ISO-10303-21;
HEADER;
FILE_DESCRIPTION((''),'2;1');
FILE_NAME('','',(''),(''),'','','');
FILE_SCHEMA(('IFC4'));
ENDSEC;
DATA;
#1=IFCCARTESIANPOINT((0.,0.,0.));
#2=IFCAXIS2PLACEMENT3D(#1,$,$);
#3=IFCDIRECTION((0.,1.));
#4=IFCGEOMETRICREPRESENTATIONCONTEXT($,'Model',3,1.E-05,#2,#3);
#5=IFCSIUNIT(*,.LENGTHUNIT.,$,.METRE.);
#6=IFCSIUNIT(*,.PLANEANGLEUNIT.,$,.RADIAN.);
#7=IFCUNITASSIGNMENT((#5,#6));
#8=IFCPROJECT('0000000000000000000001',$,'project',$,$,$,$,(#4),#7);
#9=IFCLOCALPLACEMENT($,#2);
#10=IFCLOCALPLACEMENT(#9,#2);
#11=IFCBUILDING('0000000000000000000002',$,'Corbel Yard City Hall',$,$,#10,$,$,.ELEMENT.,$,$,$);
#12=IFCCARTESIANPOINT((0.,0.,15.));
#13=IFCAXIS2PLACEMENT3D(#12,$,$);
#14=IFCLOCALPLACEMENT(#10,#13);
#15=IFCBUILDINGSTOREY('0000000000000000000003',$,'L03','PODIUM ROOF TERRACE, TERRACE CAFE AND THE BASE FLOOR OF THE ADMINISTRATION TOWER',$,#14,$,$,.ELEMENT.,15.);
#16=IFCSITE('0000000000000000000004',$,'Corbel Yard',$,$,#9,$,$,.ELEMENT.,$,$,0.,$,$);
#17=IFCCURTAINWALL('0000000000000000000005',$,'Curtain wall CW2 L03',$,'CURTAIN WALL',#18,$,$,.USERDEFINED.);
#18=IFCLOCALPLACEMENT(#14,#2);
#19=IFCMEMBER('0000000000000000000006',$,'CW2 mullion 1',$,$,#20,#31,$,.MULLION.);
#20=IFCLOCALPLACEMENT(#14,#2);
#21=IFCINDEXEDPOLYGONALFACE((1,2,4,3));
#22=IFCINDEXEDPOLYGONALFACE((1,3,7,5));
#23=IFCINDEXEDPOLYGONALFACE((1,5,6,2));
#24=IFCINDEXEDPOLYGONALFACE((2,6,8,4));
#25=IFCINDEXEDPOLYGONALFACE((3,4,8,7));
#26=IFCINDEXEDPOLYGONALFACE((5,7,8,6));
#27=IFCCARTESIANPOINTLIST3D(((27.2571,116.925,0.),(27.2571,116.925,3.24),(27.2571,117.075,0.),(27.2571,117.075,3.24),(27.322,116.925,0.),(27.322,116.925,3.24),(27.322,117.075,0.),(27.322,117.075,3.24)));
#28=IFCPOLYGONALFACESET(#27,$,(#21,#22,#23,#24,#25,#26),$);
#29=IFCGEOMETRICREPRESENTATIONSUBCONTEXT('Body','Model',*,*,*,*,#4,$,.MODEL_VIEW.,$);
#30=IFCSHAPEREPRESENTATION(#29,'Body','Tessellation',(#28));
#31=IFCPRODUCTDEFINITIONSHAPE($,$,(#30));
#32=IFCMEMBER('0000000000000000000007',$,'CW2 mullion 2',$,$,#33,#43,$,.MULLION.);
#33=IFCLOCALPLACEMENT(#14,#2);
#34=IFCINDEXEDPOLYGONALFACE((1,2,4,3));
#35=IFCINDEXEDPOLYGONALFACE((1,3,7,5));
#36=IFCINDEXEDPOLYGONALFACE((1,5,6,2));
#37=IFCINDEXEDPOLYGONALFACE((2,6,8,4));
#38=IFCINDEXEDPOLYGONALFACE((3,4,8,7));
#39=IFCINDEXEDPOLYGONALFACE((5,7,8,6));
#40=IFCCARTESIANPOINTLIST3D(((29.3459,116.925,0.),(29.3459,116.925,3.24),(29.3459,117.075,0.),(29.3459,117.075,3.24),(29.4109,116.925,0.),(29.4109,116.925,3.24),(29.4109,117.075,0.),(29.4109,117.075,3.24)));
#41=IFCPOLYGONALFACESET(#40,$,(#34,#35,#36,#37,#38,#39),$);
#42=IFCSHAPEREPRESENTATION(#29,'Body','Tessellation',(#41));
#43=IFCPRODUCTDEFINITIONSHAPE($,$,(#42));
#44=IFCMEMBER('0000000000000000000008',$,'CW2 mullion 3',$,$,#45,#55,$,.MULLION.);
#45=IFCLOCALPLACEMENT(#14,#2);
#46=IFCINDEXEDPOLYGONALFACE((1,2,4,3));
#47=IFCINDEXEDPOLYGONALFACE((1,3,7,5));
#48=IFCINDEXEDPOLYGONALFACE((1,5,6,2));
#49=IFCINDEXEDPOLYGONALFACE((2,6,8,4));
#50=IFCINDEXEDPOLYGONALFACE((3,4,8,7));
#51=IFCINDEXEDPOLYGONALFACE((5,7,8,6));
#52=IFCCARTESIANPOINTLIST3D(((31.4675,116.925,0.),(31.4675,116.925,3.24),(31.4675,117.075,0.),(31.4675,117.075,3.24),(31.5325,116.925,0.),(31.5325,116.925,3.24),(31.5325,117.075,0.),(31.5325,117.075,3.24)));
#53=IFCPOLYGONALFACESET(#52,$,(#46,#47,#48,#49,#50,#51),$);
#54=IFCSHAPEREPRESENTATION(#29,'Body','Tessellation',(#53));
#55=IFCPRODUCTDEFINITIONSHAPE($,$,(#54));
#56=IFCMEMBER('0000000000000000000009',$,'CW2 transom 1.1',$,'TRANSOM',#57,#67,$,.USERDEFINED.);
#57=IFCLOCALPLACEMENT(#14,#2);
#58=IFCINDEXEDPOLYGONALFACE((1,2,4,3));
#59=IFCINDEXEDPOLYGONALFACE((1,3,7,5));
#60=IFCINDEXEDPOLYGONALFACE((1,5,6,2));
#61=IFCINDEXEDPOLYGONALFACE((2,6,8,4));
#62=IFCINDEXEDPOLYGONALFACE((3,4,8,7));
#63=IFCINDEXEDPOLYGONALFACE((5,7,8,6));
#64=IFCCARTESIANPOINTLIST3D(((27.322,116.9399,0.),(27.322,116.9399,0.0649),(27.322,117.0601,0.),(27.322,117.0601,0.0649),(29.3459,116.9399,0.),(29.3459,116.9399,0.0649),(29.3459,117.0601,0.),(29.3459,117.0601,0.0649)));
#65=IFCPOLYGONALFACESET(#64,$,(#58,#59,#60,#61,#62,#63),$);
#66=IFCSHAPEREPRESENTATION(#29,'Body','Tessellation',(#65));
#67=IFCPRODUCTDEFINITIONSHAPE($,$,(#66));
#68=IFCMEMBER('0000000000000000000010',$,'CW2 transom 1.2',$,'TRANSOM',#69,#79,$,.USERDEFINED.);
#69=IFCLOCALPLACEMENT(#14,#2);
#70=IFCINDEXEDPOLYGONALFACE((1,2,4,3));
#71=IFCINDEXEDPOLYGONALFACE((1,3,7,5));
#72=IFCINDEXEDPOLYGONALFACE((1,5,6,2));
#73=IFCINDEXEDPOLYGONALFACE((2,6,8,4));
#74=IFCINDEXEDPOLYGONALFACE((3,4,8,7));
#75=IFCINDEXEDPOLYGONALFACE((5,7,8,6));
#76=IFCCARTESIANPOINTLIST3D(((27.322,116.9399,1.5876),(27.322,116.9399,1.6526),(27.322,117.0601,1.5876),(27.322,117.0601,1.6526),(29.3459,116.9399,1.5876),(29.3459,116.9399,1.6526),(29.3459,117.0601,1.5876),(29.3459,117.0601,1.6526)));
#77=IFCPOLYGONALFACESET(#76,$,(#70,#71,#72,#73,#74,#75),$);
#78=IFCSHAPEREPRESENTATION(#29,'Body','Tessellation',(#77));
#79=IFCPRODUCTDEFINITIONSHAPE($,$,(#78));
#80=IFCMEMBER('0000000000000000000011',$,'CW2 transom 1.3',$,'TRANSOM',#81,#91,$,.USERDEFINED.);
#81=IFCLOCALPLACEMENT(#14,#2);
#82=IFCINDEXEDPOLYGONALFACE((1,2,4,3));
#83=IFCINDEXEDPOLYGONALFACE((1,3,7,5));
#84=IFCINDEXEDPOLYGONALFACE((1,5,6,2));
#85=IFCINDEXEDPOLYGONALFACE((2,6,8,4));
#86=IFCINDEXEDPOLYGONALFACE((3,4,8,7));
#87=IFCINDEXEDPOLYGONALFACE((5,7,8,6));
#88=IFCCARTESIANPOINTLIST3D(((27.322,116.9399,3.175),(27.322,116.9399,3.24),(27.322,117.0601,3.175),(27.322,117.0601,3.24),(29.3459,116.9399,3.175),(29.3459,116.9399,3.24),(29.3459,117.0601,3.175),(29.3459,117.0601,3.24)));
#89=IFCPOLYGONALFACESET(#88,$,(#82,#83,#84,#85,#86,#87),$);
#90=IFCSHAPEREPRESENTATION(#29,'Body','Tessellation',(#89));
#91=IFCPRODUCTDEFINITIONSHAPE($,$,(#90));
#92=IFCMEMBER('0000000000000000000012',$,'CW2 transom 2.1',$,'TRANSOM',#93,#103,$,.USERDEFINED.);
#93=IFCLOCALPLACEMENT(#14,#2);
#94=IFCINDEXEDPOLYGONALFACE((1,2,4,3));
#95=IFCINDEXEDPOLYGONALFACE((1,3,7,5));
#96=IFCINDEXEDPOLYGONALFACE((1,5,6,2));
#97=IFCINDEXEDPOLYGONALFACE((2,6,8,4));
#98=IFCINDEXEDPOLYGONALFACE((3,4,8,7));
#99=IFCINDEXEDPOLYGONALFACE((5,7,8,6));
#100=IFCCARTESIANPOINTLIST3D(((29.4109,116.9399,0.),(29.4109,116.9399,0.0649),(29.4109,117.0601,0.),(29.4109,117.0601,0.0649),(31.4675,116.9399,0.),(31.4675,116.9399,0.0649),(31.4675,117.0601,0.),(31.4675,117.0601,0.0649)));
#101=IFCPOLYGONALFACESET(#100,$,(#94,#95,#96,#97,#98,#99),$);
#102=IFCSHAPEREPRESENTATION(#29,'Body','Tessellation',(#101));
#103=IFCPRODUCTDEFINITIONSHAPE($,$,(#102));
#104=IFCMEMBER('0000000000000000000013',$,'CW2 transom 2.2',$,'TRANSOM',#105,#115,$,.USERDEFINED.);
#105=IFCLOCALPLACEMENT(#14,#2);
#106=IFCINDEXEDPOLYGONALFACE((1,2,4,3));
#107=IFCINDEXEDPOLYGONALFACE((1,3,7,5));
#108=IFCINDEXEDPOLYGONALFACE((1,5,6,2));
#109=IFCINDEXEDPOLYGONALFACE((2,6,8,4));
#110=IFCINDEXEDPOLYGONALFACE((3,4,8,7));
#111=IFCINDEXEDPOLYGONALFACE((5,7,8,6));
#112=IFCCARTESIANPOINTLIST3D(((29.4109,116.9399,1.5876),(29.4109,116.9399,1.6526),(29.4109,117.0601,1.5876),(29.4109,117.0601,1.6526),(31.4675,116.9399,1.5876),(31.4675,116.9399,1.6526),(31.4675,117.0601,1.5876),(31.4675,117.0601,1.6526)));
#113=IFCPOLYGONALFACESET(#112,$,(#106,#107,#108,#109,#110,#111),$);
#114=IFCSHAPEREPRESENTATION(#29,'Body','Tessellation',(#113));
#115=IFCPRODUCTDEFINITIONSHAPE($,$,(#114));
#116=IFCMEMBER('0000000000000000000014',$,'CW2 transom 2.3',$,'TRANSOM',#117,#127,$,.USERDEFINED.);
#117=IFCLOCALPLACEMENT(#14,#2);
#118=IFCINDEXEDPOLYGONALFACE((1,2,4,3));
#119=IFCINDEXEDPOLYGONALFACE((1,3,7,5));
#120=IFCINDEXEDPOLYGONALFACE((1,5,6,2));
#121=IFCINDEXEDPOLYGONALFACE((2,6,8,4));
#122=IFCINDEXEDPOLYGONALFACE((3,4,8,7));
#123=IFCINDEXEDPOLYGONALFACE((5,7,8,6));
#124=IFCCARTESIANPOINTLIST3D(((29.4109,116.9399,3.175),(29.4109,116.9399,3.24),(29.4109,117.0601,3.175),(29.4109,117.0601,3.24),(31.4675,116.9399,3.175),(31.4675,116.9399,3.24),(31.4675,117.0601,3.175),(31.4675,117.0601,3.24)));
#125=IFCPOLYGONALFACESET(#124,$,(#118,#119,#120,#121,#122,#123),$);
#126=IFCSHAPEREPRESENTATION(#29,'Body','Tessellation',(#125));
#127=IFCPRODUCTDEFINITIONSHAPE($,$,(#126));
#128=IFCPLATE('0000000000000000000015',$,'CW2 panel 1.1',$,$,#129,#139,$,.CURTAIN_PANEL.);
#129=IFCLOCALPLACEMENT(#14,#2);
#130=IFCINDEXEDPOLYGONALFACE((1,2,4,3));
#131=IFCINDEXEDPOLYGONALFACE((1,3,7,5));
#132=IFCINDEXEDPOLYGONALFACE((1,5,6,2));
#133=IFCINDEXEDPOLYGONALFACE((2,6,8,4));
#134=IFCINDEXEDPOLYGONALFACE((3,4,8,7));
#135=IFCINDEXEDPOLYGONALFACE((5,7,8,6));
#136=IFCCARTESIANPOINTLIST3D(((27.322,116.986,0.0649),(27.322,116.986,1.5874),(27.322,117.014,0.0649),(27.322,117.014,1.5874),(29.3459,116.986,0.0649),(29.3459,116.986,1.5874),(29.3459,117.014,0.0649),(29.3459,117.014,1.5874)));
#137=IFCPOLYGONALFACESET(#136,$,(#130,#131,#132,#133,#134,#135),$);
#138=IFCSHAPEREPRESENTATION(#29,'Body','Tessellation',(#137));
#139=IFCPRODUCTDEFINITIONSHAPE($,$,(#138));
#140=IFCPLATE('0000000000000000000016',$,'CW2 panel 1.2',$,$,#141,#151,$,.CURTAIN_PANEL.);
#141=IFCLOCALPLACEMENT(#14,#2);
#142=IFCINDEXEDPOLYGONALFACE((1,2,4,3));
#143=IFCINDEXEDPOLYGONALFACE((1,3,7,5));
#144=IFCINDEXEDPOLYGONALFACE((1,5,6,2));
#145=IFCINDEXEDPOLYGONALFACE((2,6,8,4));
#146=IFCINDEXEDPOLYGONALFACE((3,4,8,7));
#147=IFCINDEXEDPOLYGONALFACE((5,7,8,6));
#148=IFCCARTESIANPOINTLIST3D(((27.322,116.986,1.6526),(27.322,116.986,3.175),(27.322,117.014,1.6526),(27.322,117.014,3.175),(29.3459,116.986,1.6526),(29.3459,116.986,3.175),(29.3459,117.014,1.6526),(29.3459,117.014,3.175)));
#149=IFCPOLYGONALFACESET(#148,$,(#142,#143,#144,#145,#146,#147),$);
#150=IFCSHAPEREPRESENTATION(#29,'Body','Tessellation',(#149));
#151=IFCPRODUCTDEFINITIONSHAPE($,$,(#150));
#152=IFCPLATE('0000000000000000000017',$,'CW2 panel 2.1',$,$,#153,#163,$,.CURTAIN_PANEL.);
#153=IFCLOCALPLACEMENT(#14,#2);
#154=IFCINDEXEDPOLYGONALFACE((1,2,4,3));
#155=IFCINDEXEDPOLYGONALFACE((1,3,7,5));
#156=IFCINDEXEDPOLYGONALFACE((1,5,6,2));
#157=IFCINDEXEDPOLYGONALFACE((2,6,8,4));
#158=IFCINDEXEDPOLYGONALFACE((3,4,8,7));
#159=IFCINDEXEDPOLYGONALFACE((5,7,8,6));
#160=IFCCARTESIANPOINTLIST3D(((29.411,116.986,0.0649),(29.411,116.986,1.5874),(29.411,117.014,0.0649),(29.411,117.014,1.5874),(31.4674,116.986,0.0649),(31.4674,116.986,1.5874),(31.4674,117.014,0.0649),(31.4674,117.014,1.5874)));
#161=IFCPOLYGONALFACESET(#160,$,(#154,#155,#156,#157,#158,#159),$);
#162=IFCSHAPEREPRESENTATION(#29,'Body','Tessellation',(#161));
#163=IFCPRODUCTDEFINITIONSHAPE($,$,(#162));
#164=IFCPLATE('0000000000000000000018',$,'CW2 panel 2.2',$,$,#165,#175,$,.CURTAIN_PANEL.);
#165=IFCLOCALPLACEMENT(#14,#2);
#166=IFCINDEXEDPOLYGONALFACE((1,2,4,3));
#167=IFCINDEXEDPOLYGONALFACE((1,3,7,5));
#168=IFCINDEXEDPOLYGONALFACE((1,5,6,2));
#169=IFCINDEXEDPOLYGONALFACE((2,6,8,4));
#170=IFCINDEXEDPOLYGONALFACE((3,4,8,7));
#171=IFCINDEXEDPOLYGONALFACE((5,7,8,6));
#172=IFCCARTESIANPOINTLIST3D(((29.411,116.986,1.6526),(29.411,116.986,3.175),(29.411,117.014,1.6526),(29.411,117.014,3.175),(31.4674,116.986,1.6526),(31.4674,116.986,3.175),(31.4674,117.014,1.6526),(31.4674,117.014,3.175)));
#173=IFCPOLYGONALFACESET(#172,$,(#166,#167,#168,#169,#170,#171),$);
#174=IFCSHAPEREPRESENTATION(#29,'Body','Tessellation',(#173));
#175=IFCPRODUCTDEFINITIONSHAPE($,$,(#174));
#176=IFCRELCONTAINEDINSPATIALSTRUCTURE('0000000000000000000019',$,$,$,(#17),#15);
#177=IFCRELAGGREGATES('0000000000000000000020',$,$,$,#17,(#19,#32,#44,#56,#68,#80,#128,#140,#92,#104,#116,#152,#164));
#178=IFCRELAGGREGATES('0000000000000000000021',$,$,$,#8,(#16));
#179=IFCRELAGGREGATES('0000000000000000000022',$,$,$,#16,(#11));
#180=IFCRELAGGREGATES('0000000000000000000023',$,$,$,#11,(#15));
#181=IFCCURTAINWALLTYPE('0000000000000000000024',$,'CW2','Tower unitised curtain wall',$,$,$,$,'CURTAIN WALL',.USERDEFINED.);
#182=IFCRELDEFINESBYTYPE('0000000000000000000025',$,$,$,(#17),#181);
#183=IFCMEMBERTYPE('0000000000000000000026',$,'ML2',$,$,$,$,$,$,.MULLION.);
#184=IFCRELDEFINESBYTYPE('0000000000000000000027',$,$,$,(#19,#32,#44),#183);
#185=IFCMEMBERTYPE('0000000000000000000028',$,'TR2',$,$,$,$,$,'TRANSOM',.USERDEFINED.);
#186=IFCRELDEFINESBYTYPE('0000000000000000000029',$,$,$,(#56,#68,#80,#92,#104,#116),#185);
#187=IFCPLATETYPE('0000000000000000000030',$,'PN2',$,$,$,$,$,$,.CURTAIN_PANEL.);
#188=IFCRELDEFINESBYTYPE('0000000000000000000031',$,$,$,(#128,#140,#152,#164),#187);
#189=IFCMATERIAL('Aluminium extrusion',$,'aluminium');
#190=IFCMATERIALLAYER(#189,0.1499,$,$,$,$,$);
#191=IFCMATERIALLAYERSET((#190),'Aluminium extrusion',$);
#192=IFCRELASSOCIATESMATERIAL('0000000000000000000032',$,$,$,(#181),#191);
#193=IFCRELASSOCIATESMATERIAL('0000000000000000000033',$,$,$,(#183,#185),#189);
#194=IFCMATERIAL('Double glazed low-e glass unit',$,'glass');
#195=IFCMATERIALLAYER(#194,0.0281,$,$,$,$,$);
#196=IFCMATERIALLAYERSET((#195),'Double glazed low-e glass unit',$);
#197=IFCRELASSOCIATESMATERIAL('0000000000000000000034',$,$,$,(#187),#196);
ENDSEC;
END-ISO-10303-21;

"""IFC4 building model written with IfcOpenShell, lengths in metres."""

from ifc_helpers import new_model, si_unit, direction, frame, origin, origin_2d, place, context, subcontext, project, spatial, rectangle, extrude, material, layer, layer_set, material_profile, profile_set, type_object, element, aggregate, save


model = new_model("IFC4")

# Units and contexts
model_context = context("Model", 3, precision=1e-05, world=origin(), true_north=direction((0.0, 1.0)))
body_context = subcontext(model_context, "Body", "Model", "MODEL_VIEW")
ifc_project = project(units=[si_unit("LENGTHUNIT", "METRE"), si_unit("PLANEANGLEUNIT", "RADIAN")], contexts=[model_context])

# Site, building, storey
site_placement = place(None, origin())
site = spatial("IfcSite", under=ifc_project, at=site_placement, Name="Corbel Yard", CompositionType="ELEMENT", RefElevation=0.0)
building_placement = place(site_placement, origin())
building = spatial("IfcBuilding", under=site, at=building_placement, Name="Corbel Yard City Hall", CompositionType="ELEMENT")
storey_placement = place(building_placement, frame((0.0, 0.0, 15.0)))
storey = spatial("IfcBuildingStorey", under=building, at=storey_placement, Name="L03", Description="PODIUM ROOF TERRACE, TERRACE CAFE AND THE BASE FLOOR OF THE ADMINISTRATION TOWER", CompositionType="ELEMENT", Elevation=15.0)

# Curtain wall, members, plates
ifc_material_1 = material(Name="Aluminium extrusion", Category="aluminium")
ifc_layer_1 = layer(ifc_material_1, 0.1499)
ifc_layer_set_1 = layer_set([ifc_layer_1], Name="Aluminium extrusion")
curtain_wall_type = type_object("IfcCurtainWallType", Name="CW2", Description="Tower unitised curtain wall", ElementType="CURTAIN WALL", PredefinedType="USERDEFINED", material=ifc_layer_set_1)
curtain_wall_placement = place(storey_placement, origin())
curtain_wall = element("IfcCurtainWall", 1, at=curtain_wall_placement, inside=storey, type_object=curtain_wall_type, Name="Curtain wall CW2 L03", ObjectType="CURTAIN WALL", PredefinedType="USERDEFINED")
ifc_material_profile_1 = material_profile(ifc_material_1, rectangle(XDim=0.1499, YDim=0.0649, at=origin_2d()), Name="150x65")
ifc_profile_set_1 = profile_set([ifc_material_profile_1], Name="Aluminium extrusion")
member_type_1 = type_object("IfcMemberType", Name="ML2", PredefinedType="MULLION", material=ifc_profile_set_1)
member_1_placement = place(storey_placement, frame((27.2896, 117.0, 0.0), z_axis=(0.0, 0.0, 1.0), x_axis=(0.0, 1.0, 0.0)))
member_1 = element("IfcMember", 2, at=member_1_placement, type_object=member_type_1, Name="CW2 mullion 1", PredefinedType="MULLION", context=body_context, shape_type="SweptSolid", body=[
    extrude(rectangle(XDim=0.1499, YDim=0.0649, at=origin_2d()), origin(), (0.0, 0.0, 1.0), 3.24),
])
member_2_placement = place(storey_placement, frame((29.3784, 117.0, 0.0), z_axis=(0.0, 0.0, 1.0), x_axis=(0.0, 1.0, 0.0)))
member_2 = element("IfcMember", 3, at=member_2_placement, type_object=member_type_1, Name="CW2 mullion 2", PredefinedType="MULLION", context=body_context, shape_type="SweptSolid", body=[
    extrude(rectangle(XDim=0.1499, YDim=0.0649, at=origin_2d()), origin(), (0.0, 0.0, 1.0), 3.24),
])
member_3_placement = place(storey_placement, frame((31.5, 117.0, 0.0), z_axis=(0.0, 0.0, 1.0), x_axis=(0.0, 1.0, 0.0)))
member_3 = element("IfcMember", 4, at=member_3_placement, type_object=member_type_1, Name="CW2 mullion 3", PredefinedType="MULLION", context=body_context, shape_type="SweptSolid", body=[
    extrude(rectangle(XDim=0.1499, YDim=0.0649, at=origin_2d()), origin(), (0.0, 0.0, 1.0), 3.24),
])
ifc_material_profile_2 = material_profile(ifc_material_1, rectangle(XDim=0.1201, YDim=0.0649, at=origin_2d()), Name="120x65")
ifc_profile_set_2 = profile_set([ifc_material_profile_2], Name="Aluminium extrusion")
member_type_2 = type_object("IfcMemberType", Name="TR2", ElementType="TRANSOM", PredefinedType="USERDEFINED", material=ifc_profile_set_2)
member_4_placement = place(storey_placement, frame((27.322, 117.0, 0.0325), z_axis=(1.0, 0.0, 0.0), x_axis=(0.0, 1.0, 0.0)))
member_4 = element("IfcMember", 5, at=member_4_placement, type_object=member_type_2, Name="CW2 transom 1.1", ObjectType="TRANSOM", PredefinedType="USERDEFINED", context=body_context, shape_type="SweptSolid", body=[
    extrude(rectangle(XDim=0.1201, YDim=0.0649, at=origin_2d()), origin(), (0.0, 0.0, 1.0), 2.0239),
])
member_5_placement = place(storey_placement, frame((27.322, 117.0, 1.6201), z_axis=(1.0, 0.0, 0.0), x_axis=(0.0, 1.0, 0.0)))
member_5 = element("IfcMember", 6, at=member_5_placement, type_object=member_type_2, Name="CW2 transom 1.2", ObjectType="TRANSOM", PredefinedType="USERDEFINED", context=body_context, shape_type="SweptSolid", body=[
    extrude(rectangle(XDim=0.1201, YDim=0.0649, at=origin_2d()), origin(), (0.0, 0.0, 1.0), 2.0239),
])
member_6_placement = place(storey_placement, frame((27.322, 117.0, 3.2075), z_axis=(1.0, 0.0, 0.0), x_axis=(0.0, 1.0, 0.0)))
member_6 = element("IfcMember", 7, at=member_6_placement, type_object=member_type_2, Name="CW2 transom 1.3", ObjectType="TRANSOM", PredefinedType="USERDEFINED", context=body_context, shape_type="SweptSolid", body=[
    extrude(rectangle(XDim=0.1201, YDim=0.0649, at=origin_2d()), origin(), (0.0, 0.0, 1.0), 2.0239),
])
member_7_placement = place(storey_placement, frame((29.4109, 117.0, 0.0325), z_axis=(1.0, 0.0, 0.0), x_axis=(0.0, 1.0, 0.0)))
member_7 = element("IfcMember", 8, at=member_7_placement, type_object=member_type_2, Name="CW2 transom 2.1", ObjectType="TRANSOM", PredefinedType="USERDEFINED", context=body_context, shape_type="SweptSolid", body=[
    extrude(rectangle(XDim=0.1201, YDim=0.0649, at=origin_2d()), origin(), (0.0, 0.0, 1.0), 2.0566),
])
member_8_placement = place(storey_placement, frame((29.4109, 117.0, 1.6201), z_axis=(1.0, 0.0, 0.0), x_axis=(0.0, 1.0, 0.0)))
member_8 = element("IfcMember", 9, at=member_8_placement, type_object=member_type_2, Name="CW2 transom 2.2", ObjectType="TRANSOM", PredefinedType="USERDEFINED", context=body_context, shape_type="SweptSolid", body=[
    extrude(rectangle(XDim=0.1201, YDim=0.0649, at=origin_2d()), origin(), (0.0, 0.0, 1.0), 2.0566),
])
member_9_placement = place(storey_placement, frame((29.4109, 117.0, 3.2075), z_axis=(1.0, 0.0, 0.0), x_axis=(0.0, 1.0, 0.0)))
member_9 = element("IfcMember", 10, at=member_9_placement, type_object=member_type_2, Name="CW2 transom 2.3", ObjectType="TRANSOM", PredefinedType="USERDEFINED", context=body_context, shape_type="SweptSolid", body=[
    extrude(rectangle(XDim=0.1201, YDim=0.0649, at=origin_2d()), origin(), (0.0, 0.0, 1.0), 2.0566),
])
ifc_material_2 = material(Name="Double glazed low-e glass unit", Category="glass")
ifc_layer_2 = layer(ifc_material_2, 0.0281)
ifc_layer_set_2 = layer_set([ifc_layer_2], Name="Double glazed low-e glass unit")
plate_type = type_object("IfcPlateType", Name="PN2", PredefinedType="CURTAIN_PANEL", material=ifc_layer_set_2)
plate_1_placement = place(storey_placement, frame((28.334, 117.0, 0.0649), z_axis=(0.0, 0.0, 1.0), x_axis=(1.0, 0.0, 0.0)))
plate_1 = element("IfcPlate", 11, at=plate_1_placement, type_object=plate_type, Name="CW2 panel 1.1", PredefinedType="CURTAIN_PANEL", context=body_context, shape_type="SweptSolid", body=[
    extrude(rectangle(XDim=2.0239, YDim=0.0281, at=origin_2d()), origin(), (0.0, 0.0, 1.0), 1.5225),
])
plate_2_placement = place(storey_placement, frame((28.334, 117.0, 1.6526), z_axis=(0.0, 0.0, 1.0), x_axis=(1.0, 0.0, 0.0)))
plate_2 = element("IfcPlate", 12, at=plate_2_placement, type_object=plate_type, Name="CW2 panel 1.2", PredefinedType="CURTAIN_PANEL", context=body_context, shape_type="SweptSolid", body=[
    extrude(rectangle(XDim=2.0239, YDim=0.0281, at=origin_2d()), origin(), (0.0, 0.0, 1.0), 1.5225),
])
plate_3_placement = place(storey_placement, frame((30.4392, 117.0, 0.0649), z_axis=(0.0, 0.0, 1.0), x_axis=(1.0, 0.0, 0.0)))
plate_3 = element("IfcPlate", 13, at=plate_3_placement, type_object=plate_type, Name="CW2 panel 2.1", PredefinedType="CURTAIN_PANEL", context=body_context, shape_type="SweptSolid", body=[
    extrude(rectangle(XDim=2.0564, YDim=0.0281, at=origin_2d()), origin(), (0.0, 0.0, 1.0), 1.5225),
])
plate_4_placement = place(storey_placement, frame((30.4392, 117.0, 1.6526), z_axis=(0.0, 0.0, 1.0), x_axis=(1.0, 0.0, 0.0)))
plate_4 = element("IfcPlate", 14, at=plate_4_placement, type_object=plate_type, Name="CW2 panel 2.2", PredefinedType="CURTAIN_PANEL", context=body_context, shape_type="SweptSolid", body=[
    extrude(rectangle(XDim=2.0564, YDim=0.0281, at=origin_2d()), origin(), (0.0, 0.0, 1.0), 1.5225),
])
aggregate(curtain_wall, [member_1, member_2, member_3, member_4, member_5, member_6, plate_1, plate_2, member_7, member_8, member_9, plate_3, plate_4])

save(model, "model.ifc")
